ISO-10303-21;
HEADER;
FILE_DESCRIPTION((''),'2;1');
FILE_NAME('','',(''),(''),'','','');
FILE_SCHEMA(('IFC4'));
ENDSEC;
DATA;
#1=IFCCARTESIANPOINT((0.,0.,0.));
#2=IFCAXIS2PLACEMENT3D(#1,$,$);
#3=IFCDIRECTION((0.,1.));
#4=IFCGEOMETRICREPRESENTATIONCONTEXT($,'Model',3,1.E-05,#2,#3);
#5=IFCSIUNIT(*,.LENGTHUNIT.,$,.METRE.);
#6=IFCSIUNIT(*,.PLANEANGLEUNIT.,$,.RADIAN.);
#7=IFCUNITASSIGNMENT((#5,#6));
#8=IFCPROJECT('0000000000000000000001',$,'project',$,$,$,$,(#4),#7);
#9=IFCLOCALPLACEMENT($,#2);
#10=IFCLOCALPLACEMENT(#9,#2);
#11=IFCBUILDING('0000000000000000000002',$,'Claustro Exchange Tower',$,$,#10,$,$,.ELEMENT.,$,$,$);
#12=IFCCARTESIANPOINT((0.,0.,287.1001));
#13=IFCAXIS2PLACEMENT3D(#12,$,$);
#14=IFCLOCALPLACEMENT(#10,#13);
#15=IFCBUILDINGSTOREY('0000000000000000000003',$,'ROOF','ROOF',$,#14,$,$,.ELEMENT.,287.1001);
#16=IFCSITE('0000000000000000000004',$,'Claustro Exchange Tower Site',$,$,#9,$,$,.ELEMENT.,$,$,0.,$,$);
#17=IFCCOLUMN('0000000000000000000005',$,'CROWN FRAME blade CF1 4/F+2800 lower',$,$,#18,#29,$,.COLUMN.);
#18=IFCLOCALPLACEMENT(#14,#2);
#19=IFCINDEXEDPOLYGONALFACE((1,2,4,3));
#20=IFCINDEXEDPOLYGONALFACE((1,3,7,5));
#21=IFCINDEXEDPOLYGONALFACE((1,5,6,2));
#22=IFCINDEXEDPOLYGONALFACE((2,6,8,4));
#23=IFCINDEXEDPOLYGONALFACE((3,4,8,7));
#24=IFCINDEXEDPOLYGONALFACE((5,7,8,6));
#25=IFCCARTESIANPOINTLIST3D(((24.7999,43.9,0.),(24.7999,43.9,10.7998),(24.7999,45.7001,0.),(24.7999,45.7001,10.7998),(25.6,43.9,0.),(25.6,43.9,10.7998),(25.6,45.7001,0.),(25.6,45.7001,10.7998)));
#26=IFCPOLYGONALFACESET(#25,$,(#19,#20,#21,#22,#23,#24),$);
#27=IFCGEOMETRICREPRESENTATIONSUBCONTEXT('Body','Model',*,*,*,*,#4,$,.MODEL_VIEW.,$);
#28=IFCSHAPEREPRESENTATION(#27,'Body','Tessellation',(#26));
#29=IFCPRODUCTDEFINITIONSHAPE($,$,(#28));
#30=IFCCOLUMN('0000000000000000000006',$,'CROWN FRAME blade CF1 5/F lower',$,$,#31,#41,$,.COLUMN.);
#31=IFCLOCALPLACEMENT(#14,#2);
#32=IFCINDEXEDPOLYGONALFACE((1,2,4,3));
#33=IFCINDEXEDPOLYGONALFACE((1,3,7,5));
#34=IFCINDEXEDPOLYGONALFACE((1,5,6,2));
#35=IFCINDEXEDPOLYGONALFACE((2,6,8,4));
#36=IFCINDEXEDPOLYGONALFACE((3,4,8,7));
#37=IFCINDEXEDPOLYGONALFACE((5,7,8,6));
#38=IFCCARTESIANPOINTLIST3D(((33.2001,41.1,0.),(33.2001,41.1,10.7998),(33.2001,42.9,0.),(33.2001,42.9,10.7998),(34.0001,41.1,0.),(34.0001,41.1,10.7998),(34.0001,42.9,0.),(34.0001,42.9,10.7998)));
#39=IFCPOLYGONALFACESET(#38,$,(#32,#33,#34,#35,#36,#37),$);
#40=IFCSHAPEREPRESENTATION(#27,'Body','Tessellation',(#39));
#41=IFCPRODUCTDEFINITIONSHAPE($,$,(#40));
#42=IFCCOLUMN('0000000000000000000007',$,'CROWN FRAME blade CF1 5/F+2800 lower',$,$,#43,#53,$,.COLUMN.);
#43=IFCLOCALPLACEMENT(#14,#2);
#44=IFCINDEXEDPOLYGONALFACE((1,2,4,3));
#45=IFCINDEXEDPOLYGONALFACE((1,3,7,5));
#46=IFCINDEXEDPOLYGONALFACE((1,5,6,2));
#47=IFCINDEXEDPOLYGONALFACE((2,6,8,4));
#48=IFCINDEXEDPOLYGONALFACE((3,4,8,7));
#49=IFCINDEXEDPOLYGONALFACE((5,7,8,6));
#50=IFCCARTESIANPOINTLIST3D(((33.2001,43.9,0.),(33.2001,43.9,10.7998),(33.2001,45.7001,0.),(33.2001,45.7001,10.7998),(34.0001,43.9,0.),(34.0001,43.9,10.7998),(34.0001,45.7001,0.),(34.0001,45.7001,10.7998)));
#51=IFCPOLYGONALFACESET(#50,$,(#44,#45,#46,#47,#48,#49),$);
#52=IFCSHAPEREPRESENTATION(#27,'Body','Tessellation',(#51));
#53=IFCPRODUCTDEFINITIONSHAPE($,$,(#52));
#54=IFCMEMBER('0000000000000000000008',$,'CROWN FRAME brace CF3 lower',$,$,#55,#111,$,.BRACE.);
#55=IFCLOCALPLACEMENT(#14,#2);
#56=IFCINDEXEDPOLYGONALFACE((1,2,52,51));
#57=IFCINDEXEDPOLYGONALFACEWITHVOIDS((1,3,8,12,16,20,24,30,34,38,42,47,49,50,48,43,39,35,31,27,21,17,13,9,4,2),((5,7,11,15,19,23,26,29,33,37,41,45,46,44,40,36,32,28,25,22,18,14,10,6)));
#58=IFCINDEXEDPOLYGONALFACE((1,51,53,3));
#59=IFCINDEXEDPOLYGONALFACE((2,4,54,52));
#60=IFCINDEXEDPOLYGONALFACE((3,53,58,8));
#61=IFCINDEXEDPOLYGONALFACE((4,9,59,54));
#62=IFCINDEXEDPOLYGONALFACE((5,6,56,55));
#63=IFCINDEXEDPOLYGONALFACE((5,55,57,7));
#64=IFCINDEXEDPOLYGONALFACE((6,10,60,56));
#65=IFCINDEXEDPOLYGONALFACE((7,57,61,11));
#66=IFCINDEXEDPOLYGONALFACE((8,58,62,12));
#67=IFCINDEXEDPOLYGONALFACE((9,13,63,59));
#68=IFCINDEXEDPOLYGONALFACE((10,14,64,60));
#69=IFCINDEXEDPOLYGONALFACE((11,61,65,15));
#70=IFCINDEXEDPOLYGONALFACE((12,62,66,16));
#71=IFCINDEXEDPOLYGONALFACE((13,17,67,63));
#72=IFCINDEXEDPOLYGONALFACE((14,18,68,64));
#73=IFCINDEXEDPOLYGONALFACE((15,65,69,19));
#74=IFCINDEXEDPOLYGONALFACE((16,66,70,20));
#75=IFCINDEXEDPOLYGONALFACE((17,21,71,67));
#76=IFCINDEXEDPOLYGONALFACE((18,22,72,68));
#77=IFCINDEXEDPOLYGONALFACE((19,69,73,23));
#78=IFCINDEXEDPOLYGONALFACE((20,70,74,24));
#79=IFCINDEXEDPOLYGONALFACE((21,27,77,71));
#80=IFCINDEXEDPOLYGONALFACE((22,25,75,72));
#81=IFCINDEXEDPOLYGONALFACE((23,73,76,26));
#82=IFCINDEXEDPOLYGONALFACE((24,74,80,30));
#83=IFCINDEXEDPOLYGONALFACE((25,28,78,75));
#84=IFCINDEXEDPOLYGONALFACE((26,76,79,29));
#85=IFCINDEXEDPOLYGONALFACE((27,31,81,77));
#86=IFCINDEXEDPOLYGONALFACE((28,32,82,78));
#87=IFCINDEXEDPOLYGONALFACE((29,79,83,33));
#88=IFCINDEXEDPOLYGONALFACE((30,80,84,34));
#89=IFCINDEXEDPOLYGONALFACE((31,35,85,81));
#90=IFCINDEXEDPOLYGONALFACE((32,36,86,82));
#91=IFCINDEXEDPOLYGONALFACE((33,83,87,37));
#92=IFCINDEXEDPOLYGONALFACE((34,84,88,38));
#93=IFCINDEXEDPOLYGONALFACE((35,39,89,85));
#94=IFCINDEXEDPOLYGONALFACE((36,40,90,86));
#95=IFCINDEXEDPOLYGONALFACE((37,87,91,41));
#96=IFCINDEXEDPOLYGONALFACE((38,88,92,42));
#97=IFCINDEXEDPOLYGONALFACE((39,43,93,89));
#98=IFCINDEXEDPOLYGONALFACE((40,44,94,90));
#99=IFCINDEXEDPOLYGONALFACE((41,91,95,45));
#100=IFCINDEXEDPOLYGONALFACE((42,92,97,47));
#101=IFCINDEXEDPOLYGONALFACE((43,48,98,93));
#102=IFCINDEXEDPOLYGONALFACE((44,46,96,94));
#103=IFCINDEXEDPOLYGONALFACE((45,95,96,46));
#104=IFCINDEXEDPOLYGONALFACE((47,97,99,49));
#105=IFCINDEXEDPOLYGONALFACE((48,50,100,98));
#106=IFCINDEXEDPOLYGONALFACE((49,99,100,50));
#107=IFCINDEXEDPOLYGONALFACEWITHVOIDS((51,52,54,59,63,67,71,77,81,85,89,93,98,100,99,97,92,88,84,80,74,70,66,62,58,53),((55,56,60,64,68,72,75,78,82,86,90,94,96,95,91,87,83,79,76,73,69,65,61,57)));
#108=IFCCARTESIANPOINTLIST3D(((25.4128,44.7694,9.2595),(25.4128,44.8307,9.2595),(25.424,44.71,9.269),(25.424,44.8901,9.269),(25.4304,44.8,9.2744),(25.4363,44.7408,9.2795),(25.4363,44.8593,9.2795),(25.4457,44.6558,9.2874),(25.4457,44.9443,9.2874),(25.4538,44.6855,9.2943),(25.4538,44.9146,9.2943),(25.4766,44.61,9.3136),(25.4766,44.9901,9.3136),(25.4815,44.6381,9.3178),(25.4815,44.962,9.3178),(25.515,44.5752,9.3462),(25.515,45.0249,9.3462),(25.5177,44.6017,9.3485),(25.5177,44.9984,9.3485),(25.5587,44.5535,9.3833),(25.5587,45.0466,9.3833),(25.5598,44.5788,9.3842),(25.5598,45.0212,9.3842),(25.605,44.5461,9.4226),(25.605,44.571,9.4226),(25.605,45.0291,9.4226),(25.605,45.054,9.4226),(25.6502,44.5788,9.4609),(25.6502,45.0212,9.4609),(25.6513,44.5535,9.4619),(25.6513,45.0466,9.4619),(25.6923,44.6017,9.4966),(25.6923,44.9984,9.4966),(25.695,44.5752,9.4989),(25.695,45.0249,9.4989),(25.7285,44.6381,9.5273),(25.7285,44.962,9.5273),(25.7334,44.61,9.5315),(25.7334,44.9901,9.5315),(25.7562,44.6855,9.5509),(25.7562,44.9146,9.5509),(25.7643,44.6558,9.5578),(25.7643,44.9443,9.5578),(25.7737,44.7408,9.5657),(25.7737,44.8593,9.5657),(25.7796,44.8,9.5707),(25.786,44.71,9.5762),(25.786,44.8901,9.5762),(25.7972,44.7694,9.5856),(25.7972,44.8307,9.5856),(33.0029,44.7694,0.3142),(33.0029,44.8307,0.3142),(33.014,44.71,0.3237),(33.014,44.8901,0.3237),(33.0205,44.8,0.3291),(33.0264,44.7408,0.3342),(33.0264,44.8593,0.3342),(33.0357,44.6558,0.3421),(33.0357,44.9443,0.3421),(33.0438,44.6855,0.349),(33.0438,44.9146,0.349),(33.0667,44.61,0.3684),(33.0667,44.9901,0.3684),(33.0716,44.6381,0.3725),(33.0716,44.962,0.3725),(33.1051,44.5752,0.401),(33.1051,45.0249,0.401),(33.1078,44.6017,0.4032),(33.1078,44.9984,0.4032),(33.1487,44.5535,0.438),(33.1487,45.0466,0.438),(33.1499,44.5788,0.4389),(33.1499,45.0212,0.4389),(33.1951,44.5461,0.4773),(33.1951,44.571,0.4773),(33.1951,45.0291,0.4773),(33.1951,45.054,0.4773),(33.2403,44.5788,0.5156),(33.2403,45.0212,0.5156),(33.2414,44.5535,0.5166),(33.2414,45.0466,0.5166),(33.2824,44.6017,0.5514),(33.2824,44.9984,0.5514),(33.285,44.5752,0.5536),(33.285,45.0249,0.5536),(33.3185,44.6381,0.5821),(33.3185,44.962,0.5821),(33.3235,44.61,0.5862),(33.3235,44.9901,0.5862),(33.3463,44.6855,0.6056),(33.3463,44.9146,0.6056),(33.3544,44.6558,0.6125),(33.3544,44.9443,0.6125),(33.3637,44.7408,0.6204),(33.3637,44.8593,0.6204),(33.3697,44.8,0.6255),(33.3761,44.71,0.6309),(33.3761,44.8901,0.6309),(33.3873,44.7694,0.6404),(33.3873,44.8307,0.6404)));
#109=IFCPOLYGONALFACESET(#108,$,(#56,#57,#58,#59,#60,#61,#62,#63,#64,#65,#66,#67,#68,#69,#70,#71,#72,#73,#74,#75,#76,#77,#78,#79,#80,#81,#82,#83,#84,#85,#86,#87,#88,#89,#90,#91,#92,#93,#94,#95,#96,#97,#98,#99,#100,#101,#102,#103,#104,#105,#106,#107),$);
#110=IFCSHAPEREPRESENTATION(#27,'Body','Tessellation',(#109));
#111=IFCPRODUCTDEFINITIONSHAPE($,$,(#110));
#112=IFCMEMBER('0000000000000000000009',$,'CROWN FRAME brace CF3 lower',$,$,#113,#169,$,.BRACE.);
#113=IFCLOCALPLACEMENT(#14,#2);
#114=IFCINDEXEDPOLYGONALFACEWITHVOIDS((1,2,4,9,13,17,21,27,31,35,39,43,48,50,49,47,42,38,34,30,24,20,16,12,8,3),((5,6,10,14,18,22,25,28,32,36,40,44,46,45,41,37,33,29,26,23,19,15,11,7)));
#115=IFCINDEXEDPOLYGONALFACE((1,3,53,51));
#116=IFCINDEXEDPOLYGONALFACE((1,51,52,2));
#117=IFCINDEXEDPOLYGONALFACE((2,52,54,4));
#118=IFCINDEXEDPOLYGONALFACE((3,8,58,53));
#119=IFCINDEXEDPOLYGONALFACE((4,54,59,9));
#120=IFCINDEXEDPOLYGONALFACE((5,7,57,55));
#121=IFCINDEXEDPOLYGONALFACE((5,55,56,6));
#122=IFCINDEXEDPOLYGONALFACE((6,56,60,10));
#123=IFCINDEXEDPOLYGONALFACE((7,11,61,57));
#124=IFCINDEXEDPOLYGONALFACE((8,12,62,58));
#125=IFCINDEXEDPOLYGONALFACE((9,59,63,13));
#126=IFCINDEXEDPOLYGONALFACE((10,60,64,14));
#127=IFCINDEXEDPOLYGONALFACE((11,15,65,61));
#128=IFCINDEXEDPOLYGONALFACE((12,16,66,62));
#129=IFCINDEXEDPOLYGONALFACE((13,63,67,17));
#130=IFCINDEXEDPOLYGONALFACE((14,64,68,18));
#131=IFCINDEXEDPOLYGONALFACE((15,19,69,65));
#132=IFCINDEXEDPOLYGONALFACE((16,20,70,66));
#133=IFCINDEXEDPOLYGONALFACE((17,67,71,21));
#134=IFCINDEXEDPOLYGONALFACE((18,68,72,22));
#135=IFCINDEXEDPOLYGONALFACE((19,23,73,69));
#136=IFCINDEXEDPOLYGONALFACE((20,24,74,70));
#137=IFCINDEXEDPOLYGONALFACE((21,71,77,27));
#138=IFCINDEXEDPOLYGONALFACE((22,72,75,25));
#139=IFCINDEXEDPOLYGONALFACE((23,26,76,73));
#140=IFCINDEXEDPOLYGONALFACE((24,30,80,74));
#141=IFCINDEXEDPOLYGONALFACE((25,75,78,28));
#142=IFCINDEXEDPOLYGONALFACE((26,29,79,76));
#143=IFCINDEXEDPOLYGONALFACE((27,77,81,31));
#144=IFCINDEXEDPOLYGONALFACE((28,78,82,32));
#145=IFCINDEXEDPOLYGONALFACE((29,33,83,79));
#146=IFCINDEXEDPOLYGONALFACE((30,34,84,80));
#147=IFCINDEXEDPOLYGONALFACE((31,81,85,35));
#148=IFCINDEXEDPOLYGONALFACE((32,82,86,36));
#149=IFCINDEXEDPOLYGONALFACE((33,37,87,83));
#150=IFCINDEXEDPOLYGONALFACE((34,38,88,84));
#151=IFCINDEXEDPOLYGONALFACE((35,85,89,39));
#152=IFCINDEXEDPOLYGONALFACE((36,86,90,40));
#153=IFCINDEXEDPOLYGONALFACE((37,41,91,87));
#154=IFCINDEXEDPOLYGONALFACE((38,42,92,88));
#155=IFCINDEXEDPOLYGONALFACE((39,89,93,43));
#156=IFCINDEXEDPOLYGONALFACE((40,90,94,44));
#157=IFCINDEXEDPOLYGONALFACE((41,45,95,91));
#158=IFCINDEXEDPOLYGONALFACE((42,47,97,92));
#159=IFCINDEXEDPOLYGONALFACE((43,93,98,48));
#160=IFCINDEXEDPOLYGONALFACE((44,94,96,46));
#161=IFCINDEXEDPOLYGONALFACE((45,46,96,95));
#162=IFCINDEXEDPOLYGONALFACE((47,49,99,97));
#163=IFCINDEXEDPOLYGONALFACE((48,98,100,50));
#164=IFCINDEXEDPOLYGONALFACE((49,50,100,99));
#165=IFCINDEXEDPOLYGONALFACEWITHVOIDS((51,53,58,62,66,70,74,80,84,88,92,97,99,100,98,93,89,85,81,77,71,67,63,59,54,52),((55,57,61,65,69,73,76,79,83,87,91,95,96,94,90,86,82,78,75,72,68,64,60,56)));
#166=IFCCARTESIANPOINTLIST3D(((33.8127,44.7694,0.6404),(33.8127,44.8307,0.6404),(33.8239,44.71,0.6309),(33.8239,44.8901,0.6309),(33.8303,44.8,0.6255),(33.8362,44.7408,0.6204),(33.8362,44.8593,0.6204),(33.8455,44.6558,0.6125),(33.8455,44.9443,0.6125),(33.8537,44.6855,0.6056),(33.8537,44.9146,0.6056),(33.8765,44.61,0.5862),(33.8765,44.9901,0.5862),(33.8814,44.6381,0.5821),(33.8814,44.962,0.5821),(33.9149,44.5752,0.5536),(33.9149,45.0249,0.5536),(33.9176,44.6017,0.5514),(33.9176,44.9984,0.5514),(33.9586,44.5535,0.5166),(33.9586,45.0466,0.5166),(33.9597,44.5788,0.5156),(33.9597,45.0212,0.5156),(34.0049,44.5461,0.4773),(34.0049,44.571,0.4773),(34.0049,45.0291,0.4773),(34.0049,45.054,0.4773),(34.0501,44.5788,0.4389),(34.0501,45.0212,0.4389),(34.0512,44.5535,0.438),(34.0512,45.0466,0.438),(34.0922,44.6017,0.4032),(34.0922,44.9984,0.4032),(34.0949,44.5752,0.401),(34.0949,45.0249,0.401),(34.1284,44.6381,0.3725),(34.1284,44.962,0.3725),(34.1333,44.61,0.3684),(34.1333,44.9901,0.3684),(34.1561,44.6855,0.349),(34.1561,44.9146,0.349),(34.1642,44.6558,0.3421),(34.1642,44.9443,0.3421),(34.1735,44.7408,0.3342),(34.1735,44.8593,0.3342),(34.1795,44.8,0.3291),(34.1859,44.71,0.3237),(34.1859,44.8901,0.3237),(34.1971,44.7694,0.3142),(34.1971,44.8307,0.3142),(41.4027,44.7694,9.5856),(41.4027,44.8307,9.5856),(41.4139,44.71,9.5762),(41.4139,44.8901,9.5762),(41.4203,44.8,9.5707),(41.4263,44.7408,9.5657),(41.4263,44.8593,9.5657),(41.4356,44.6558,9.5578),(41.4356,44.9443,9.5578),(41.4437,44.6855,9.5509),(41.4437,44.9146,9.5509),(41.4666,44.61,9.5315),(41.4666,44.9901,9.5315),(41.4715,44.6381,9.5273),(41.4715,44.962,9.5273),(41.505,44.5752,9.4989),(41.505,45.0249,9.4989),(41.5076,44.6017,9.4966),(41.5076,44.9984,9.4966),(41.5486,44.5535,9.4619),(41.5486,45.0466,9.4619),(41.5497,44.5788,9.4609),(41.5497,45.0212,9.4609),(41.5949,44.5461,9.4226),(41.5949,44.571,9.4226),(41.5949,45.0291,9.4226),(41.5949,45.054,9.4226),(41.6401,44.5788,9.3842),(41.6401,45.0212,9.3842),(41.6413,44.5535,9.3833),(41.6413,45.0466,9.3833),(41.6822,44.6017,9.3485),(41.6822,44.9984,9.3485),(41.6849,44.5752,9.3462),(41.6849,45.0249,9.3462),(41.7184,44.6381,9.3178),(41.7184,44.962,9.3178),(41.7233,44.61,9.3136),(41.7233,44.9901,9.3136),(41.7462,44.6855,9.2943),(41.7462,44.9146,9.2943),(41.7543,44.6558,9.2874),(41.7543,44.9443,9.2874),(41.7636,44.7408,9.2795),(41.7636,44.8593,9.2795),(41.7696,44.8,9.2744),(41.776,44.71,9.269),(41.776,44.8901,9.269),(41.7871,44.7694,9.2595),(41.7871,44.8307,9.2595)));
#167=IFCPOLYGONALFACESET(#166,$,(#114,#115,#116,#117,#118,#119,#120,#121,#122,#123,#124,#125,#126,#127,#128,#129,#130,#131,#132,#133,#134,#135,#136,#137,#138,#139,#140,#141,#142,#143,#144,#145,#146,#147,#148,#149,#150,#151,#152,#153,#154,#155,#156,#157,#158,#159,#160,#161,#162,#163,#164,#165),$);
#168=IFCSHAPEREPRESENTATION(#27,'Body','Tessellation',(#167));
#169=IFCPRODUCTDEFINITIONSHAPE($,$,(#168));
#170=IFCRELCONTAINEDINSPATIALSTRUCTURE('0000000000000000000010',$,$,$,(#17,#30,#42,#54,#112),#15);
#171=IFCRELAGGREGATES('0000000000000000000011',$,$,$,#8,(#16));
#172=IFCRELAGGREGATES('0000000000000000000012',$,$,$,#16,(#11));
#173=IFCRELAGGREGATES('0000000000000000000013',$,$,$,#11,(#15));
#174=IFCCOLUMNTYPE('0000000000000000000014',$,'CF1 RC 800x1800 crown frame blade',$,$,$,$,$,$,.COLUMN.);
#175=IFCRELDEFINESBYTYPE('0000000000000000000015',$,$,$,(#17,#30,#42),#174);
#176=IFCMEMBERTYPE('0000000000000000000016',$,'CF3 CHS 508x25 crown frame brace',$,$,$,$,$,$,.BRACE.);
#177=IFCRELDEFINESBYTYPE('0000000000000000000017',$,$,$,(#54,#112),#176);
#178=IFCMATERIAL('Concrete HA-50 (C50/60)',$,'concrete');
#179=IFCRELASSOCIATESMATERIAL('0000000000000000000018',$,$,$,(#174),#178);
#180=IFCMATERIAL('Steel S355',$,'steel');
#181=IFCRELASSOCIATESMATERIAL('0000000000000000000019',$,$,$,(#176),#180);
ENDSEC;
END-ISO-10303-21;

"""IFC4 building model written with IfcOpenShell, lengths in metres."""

from ifc_helpers import new_model, si_unit, direction, frame, origin, origin_2d, place, context, subcontext, project, spatial, rectangle, hollow_circle, extrude, material, material_profile, profile_set, type_object, element, save


model = new_model("IFC4")

# Units and contexts
model_context = context("Model", 3, precision=1e-05, world=origin(), true_north=direction((0.0, 1.0)))
body_context = subcontext(model_context, "Body", "Model", "MODEL_VIEW")
ifc_project = project(units=[si_unit("LENGTHUNIT", "METRE"), si_unit("PLANEANGLEUNIT", "RADIAN")], contexts=[model_context])

# Site, building, storey
site_placement = place(None, origin())
site = spatial("IfcSite", under=ifc_project, at=site_placement, Name="Claustro Exchange Tower Site", CompositionType="ELEMENT", RefElevation=0.0)
building_placement = place(site_placement, origin())
building = spatial("IfcBuilding", under=site, at=building_placement, Name="Claustro Exchange Tower", CompositionType="ELEMENT")
storey_placement = place(building_placement, frame((0.0, 0.0, 287.1001)))
storey = spatial("IfcBuildingStorey", under=building, at=storey_placement, Name="ROOF", Description="ROOF", CompositionType="ELEMENT", Elevation=287.1001)

# Columns
ifc_material_1 = material(Name="Concrete HA-50 (C50/60)", Category="concrete")
ifc_material_profile_1 = material_profile(ifc_material_1, rectangle(XDim=0.8, YDim=1.8, at=origin_2d()), Name="RC 800x1800")
ifc_profile_set_1 = profile_set([ifc_material_profile_1], Name="Concrete HA-50 (C50/60)")
column_type = type_object("IfcColumnType", Name="CF1 RC 800x1800 crown frame blade", PredefinedType="COLUMN", material=ifc_profile_set_1)
for number, where, z_axis, x_axis, name in (
    (1, (25.2, 44.8, 0.0), (0.0, 0.0, 1.0), (1.0, 0.0, 0.0), "CROWN FRAME blade CF1 4/F+2800 lower"),
    (2, (33.6001, 42.0, 0.0), (0.0, 0.0, 1.0), (1.0, 0.0, 0.0), "CROWN FRAME blade CF1 5/F lower"),
    (3, (33.6001, 44.8, 0.0), (0.0, 0.0, 1.0), (1.0, 0.0, 0.0), "CROWN FRAME blade CF1 5/F+2800 lower"),
):
    element("IfcColumn", number, at=place(storey_placement, frame(where, z_axis=z_axis, x_axis=x_axis)), inside=storey, type_object=column_type, Name=name, PredefinedType="COLUMN", context=body_context, shape_type="SweptSolid", body=[
        extrude(rectangle(XDim=0.8, YDim=1.8, at=origin_2d()), origin(), (0.0, 0.0, 1.0), 10.7998),
    ])

# Members
ifc_material_2 = material(Name="Steel S355", Category="steel")
ifc_material_profile_2 = material_profile(ifc_material_2, hollow_circle(Radius=0.2539, WallThickness=0.0249, at=origin_2d()), Name="CHS 508x25")
ifc_profile_set_2 = profile_set([ifc_material_profile_2], Name="Steel S355")
member_type = type_object("IfcMemberType", Name="CF3 CHS 508x25 crown frame brace", PredefinedType="BRACE", material=ifc_profile_set_2)
for number, where, z_axis, x_axis, name in (
    (4, (33.1951, 44.8, 0.4773), (-0.646984, 0.0, 0.762504), (0.0, -1.0, 0.0), "CROWN FRAME brace CF3 lower"),
    (5, (34.0049, 44.8, 0.4773), (0.646984, 0.0, 0.762504), (0.0, 1.0, 0.0), "CROWN FRAME brace CF3 lower"),
):
    element("IfcMember", number, at=place(storey_placement, frame(where, z_axis=z_axis, x_axis=x_axis)), inside=storey, type_object=member_type, Name=name, PredefinedType="BRACE", context=body_context, shape_type="SweptSolid", body=[
        extrude(hollow_circle(Radius=0.2539, WallThickness=0.0249, at=origin_2d()), origin(), (0.0, 0.0, 1.0), 11.7314),
    ])

save(model, "model.ifc")
